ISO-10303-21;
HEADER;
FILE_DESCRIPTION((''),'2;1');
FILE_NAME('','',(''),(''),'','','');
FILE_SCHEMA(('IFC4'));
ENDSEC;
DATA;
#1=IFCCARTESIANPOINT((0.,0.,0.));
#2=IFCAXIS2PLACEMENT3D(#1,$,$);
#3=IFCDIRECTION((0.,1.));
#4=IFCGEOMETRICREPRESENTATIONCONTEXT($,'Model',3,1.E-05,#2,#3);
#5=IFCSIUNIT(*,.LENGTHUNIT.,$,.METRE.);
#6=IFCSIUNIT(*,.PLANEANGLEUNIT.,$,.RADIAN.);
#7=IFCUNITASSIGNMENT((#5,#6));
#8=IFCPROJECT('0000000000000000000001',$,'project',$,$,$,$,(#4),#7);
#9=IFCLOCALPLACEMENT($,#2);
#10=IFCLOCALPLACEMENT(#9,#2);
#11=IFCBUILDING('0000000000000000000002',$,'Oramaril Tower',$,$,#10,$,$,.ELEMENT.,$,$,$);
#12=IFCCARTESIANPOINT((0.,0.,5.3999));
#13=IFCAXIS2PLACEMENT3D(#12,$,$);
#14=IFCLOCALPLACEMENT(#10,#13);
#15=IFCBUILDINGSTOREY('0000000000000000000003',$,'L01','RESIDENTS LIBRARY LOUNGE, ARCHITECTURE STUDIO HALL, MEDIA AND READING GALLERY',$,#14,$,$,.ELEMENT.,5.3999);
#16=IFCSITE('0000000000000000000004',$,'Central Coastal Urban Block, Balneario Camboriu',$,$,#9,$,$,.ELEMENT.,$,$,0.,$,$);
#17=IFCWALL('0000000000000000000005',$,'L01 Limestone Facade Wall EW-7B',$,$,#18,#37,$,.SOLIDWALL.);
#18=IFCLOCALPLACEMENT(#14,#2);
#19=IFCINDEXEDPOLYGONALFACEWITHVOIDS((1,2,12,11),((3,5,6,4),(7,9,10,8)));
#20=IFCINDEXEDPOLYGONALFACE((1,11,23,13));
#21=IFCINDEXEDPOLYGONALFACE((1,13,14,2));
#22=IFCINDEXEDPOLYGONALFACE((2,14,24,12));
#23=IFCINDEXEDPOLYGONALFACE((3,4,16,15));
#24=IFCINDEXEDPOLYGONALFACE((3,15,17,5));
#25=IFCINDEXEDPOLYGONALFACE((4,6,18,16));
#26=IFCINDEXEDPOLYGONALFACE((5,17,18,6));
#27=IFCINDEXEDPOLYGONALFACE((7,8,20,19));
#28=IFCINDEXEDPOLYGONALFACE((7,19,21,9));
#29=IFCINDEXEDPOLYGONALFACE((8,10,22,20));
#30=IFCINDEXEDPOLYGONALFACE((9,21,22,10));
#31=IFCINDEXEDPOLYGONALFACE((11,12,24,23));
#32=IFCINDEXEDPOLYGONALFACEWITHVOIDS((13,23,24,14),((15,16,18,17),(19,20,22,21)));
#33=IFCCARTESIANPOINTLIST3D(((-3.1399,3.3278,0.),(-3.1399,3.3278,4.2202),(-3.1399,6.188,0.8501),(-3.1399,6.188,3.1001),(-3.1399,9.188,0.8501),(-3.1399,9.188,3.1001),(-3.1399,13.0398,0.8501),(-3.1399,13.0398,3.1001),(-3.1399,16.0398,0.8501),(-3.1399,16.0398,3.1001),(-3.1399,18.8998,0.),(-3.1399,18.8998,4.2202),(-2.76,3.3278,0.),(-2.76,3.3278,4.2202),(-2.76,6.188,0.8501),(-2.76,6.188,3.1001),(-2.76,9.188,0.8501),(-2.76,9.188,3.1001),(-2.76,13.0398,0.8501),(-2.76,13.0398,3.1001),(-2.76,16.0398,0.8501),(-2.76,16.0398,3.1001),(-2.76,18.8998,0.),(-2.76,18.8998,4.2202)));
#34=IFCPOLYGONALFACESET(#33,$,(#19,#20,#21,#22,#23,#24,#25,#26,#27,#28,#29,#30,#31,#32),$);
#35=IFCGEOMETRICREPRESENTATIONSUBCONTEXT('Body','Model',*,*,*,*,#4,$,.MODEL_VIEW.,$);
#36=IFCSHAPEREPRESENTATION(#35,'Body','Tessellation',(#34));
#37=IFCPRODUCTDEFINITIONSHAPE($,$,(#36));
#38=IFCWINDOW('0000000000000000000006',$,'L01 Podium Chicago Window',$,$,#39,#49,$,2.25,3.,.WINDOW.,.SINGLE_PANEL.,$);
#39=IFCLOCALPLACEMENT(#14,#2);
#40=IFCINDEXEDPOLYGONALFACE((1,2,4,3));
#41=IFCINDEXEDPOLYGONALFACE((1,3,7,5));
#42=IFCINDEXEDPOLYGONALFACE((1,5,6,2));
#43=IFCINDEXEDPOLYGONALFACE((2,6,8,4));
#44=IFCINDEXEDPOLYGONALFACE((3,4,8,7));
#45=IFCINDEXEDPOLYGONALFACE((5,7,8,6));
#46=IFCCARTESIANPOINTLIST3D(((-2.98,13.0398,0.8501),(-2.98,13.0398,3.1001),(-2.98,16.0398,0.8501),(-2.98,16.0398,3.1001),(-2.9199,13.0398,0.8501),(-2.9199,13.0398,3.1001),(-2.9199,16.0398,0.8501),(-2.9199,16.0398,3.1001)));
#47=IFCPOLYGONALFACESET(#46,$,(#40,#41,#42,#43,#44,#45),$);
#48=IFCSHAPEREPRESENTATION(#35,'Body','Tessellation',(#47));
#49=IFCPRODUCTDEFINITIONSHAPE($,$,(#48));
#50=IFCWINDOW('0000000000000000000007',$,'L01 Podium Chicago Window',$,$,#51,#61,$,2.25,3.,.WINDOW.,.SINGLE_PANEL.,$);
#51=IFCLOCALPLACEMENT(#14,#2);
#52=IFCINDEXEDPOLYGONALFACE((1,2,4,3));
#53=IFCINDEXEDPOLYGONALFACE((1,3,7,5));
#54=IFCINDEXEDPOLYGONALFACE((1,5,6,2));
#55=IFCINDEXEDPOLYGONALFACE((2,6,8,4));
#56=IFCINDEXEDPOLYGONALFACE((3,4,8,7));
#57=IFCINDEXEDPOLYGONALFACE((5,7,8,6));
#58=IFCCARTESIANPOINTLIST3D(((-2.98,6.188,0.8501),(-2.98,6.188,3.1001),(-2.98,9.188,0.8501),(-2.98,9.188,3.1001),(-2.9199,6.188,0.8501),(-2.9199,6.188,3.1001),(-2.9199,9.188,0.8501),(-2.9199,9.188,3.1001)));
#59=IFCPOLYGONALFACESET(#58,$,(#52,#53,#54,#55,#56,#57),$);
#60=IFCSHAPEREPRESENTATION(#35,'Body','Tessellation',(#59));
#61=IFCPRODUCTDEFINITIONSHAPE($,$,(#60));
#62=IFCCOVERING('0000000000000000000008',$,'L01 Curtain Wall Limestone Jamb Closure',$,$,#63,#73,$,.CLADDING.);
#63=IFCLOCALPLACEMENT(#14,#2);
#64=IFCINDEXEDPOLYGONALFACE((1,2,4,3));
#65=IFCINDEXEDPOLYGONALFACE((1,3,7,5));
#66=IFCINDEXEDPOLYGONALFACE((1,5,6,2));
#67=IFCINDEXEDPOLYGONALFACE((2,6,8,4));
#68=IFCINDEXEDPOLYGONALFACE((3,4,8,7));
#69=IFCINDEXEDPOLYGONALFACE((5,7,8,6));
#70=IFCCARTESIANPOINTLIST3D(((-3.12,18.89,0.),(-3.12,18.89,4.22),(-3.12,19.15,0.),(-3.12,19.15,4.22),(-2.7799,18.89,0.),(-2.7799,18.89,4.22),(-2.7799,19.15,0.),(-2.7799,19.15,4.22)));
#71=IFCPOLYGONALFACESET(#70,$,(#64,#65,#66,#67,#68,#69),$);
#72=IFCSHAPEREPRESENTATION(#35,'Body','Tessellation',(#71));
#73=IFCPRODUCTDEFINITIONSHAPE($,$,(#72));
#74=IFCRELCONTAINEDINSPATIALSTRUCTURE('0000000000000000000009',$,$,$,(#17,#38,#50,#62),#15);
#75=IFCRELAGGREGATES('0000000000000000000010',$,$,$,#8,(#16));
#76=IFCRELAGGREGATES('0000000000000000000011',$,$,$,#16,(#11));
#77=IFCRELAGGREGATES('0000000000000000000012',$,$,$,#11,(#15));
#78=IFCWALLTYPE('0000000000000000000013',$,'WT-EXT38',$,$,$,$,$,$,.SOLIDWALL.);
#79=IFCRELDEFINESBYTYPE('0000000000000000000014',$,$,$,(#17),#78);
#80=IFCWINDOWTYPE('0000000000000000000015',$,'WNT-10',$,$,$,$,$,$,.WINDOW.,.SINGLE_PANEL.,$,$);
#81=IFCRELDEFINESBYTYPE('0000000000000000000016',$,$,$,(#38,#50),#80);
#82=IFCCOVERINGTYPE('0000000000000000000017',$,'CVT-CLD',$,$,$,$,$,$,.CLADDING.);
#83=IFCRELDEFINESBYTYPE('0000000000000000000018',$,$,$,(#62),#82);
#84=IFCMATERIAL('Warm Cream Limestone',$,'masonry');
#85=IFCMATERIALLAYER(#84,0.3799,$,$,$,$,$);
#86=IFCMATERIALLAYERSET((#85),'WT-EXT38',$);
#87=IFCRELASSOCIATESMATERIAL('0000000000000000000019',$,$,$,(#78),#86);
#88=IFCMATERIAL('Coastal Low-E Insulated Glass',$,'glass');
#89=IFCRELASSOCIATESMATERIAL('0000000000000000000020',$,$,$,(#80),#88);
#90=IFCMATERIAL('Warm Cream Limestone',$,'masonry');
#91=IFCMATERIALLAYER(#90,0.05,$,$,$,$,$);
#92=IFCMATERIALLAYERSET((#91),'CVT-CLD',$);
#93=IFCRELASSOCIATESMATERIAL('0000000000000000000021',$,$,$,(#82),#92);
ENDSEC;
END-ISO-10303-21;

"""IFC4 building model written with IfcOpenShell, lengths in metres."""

from ifc_helpers import new_model, si_unit, direction, frame, frame_2d, origin, origin_2d, place, context, subcontext, project, spatial, rectangle, extrude, material, layer, layer_set, type_object, element, fill, save


model = new_model("IFC4")

# Units and contexts
model_context = context("Model", 3, precision=1e-05, world=origin(), true_north=direction((0.0, 1.0)))
body_context = subcontext(model_context, "Body", "Model", "MODEL_VIEW")
ifc_project = project(units=[si_unit("LENGTHUNIT", "METRE"), si_unit("PLANEANGLEUNIT", "RADIAN")], contexts=[model_context])

# Site, building, storey
site_placement = place(None, origin())
site = spatial("IfcSite", under=ifc_project, at=site_placement, Name="Central Coastal Urban Block, Balneario Camboriu", CompositionType="ELEMENT", RefElevation=0.0)
building_placement = place(site_placement, origin())
building = spatial("IfcBuilding", under=site, at=building_placement, Name="Oramaril Tower", CompositionType="ELEMENT")
storey_placement = place(building_placement, frame((0.0, 0.0, 5.3999)))
storey = spatial("IfcBuildingStorey", under=building, at=storey_placement, Name="L01", Description="RESIDENTS LIBRARY LOUNGE, ARCHITECTURE STUDIO HALL, MEDIA AND READING GALLERY", CompositionType="ELEMENT", Elevation=5.3999)

# Wall, openings, windows
ifc_material_1 = material(Name="Warm Cream Limestone", Category="masonry")
ifc_layer_1 = layer(ifc_material_1, 0.3799)
ifc_layer_set_1 = layer_set([ifc_layer_1], Name="WT-EXT38")
wall_type = type_object("IfcWallType", Name="WT-EXT38", PredefinedType="SOLIDWALL", material=ifc_layer_set_1)
wall_placement = place(storey_placement, frame((-2.95, 18.8999, 0.0), z_axis=(0.0, 0.0, 1.0), x_axis=(0.0, -1.0, 0.0)))
wall = element("IfcWall", 1, at=wall_placement, inside=storey, type_object=wall_type, Name="L01 Limestone Facade Wall EW-7B", PredefinedType="SOLIDWALL", context=body_context, shape_type="SweptSolid", body=[
    extrude(rectangle(XDim=15.572, YDim=0.3799, at=frame_2d((7.7861, 0.0))), origin(), (0.0, 0.0, 1.0), 4.2202),
])
opening_1_placement = place(wall_placement, frame((2.8601, 0.0, 0.8501)))
opening_1 = element("IfcOpeningElement", 2, at=opening_1_placement, cuts=wall, PredefinedType="OPENING", context=body_context, shape_type="SweptSolid", body=[
    extrude(rectangle(XDim=3.0, YDim=2.25, at=frame_2d((1.5, 1.125))), frame((0.0, 0.1899, 0.0), z_axis=(0.0, -1.0, 0.0), x_axis=(1.0, 0.0, 0.0)), (0.0, 0.0, 1.0), 0.3799),
])
opening_2_placement = place(wall_placement, frame((9.7119, 0.0, 0.8501)))
opening_2 = element("IfcOpeningElement", 3, at=opening_2_placement, cuts=wall, PredefinedType="OPENING", context=body_context, shape_type="SweptSolid", body=[
    extrude(rectangle(XDim=3.0, YDim=2.25, at=frame_2d((1.5, 1.125))), frame((0.0, 0.1899, 0.0), z_axis=(0.0, -1.0, 0.0), x_axis=(1.0, 0.0, 0.0)), (0.0, 0.0, 1.0), 0.3799),
])
ifc_material_2 = material(Name="Coastal Low-E Insulated Glass", Category="glass")
window_type = type_object("IfcWindowType", Name="WNT-10", PartitioningType="SINGLE_PANEL", PredefinedType="WINDOW", material=ifc_material_2)
window_1_placement = place(opening_1_placement, origin())
window_1 = element("IfcWindow", 4, at=window_1_placement, inside=storey, type_object=window_type, Name="L01 Podium Chicago Window", OverallHeight=2.25, OverallWidth=3.0, PartitioningType="SINGLE_PANEL", PredefinedType="WINDOW", context=body_context, shape_type="SweptSolid", body=[
    extrude(rectangle(XDim=3.0, YDim=2.25, at=frame_2d((1.5, 1.125))), frame((0.0, 0.03, 0.0), z_axis=(0.0, -1.0, 0.0), x_axis=(1.0, 0.0, 0.0)), (0.0, 0.0, 1.0), 0.0601),
])
fill(opening_1, window_1)
window_2_placement = place(opening_2_placement, origin())
window_2 = element("IfcWindow", 5, at=window_2_placement, inside=storey, type_object=window_type, Name="L01 Podium Chicago Window", OverallHeight=2.25, OverallWidth=3.0, PartitioningType="SINGLE_PANEL", PredefinedType="WINDOW", context=body_context, shape_type="SweptSolid", body=[
    extrude(rectangle(XDim=3.0, YDim=2.25, at=frame_2d((1.5, 1.125))), frame((0.0, 0.03, 0.0), z_axis=(0.0, -1.0, 0.0), x_axis=(1.0, 0.0, 0.0)), (0.0, 0.0, 1.0), 0.0601),
])
fill(opening_2, window_2)

# Covering
ifc_material_3 = material(Name="Warm Cream Limestone", Category="masonry")
ifc_layer_2 = layer(ifc_material_3, 0.05)
ifc_layer_set_2 = layer_set([ifc_layer_2], Name="CVT-CLD")
covering_type = type_object("IfcCoveringType", Name="CVT-CLD", PredefinedType="CLADDING", material=ifc_layer_set_2)
covering_placement = place(storey_placement, frame((-2.95, 19.02, 0.0), z_axis=(0.0, 0.0, 1.0), x_axis=(0.0, -1.0, 0.0)))
element("IfcCovering", 6, at=covering_placement, inside=storey, type_object=covering_type, Name="L01 Curtain Wall Limestone Jamb Closure", PredefinedType="CLADDING", context=body_context, shape_type="SweptSolid", body=[
    extrude(rectangle(XDim=0.26, YDim=0.3401, at=origin_2d()), origin(), (0.0, 0.0, 1.0), 4.22),
])

save(model, "model.ifc")
